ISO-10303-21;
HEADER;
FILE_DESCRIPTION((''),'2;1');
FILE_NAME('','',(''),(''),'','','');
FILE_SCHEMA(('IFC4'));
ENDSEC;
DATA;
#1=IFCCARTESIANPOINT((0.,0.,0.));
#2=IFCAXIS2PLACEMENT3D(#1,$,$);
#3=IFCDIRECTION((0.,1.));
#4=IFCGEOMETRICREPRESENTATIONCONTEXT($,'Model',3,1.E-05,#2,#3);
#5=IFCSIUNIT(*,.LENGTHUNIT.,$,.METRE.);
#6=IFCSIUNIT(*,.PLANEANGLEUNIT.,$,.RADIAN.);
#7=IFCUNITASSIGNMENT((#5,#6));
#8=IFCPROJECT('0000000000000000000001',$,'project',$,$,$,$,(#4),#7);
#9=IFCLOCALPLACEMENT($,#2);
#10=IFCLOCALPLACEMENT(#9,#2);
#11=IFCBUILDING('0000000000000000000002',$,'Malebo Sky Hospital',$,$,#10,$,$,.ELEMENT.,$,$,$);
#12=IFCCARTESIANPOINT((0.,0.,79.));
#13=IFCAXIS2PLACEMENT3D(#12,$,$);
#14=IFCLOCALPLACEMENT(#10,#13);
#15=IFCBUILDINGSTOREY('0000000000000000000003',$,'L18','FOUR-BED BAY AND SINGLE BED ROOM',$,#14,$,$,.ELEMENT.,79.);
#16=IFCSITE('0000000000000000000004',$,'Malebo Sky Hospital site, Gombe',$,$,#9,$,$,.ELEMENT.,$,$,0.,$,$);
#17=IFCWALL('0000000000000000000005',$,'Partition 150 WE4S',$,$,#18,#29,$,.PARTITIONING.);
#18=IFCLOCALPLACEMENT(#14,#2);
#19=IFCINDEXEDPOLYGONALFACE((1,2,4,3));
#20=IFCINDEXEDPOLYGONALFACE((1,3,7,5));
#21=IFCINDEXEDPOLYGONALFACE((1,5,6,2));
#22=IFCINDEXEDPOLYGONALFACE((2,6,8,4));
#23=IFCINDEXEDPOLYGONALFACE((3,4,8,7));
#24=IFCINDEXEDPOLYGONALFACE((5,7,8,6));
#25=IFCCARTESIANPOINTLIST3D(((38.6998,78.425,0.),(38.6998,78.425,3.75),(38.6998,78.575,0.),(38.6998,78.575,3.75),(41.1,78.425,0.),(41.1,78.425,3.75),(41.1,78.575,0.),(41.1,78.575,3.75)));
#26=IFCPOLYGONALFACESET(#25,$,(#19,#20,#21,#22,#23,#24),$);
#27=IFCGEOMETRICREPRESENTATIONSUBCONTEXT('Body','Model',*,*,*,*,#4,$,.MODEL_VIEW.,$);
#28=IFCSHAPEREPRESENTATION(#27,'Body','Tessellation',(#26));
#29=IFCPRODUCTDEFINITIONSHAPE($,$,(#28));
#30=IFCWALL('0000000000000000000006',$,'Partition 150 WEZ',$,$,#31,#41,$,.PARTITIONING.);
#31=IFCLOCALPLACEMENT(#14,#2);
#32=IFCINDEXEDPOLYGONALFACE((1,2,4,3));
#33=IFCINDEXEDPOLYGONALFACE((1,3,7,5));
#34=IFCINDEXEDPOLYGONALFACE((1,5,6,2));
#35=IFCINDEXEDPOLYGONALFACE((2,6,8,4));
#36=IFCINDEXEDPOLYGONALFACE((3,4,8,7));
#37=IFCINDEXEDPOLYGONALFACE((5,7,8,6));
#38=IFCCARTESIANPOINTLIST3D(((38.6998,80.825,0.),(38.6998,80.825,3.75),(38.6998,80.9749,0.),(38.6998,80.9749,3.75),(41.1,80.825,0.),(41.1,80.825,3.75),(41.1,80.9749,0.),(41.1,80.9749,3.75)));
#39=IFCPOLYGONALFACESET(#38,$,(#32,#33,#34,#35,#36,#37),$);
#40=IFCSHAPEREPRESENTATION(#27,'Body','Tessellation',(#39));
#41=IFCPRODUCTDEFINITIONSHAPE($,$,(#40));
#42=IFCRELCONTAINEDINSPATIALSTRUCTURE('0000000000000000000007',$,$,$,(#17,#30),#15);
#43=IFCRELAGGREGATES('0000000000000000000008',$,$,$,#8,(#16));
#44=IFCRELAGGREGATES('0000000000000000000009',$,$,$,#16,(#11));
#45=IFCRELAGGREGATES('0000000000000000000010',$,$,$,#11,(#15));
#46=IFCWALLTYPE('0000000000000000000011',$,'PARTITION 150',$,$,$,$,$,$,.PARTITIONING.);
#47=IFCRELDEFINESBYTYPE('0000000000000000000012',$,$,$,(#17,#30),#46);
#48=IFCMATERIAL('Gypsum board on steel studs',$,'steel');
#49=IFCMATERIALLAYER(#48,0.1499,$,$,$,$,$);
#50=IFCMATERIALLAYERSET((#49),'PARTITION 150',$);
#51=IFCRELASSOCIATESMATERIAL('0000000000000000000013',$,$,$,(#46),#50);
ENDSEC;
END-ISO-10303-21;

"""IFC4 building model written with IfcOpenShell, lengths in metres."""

from ifc_helpers import new_model, si_unit, direction, frame, frame_2d, origin, place, context, subcontext, project, spatial, rectangle, extrude, material, layer, layer_set, type_object, element, save


model = new_model("IFC4")

# Units and contexts
model_context = context("Model", 3, precision=1e-05, world=origin(), true_north=direction((0.0, 1.0)))
body_context = subcontext(model_context, "Body", "Model", "MODEL_VIEW")
ifc_project = project(units=[si_unit("LENGTHUNIT", "METRE"), si_unit("PLANEANGLEUNIT", "RADIAN")], contexts=[model_context])

# Site, building, storey
site_placement = place(None, origin())
site = spatial("IfcSite", under=ifc_project, at=site_placement, Name="Malebo Sky Hospital site, Gombe", CompositionType="ELEMENT", RefElevation=0.0)
building_placement = place(site_placement, origin())
building = spatial("IfcBuilding", under=site, at=building_placement, Name="Malebo Sky Hospital", CompositionType="ELEMENT")
storey_placement = place(building_placement, frame((0.0, 0.0, 79.0)))
storey = spatial("IfcBuildingStorey", under=building, at=storey_placement, Name="L18", Description="FOUR-BED BAY AND SINGLE BED ROOM", CompositionType="ELEMENT", Elevation=79.0)

# Shared definitions
ifc_material_1 = material(Name="Gypsum board on steel studs", Category="steel")

# Shared definitions
ifc_layer_1 = layer(ifc_material_1, 0.1499)
ifc_layer_set_1 = layer_set([ifc_layer_1], Name="PARTITION 150")
wall_type_1 = type_object("IfcWallType", Name="PARTITION 150", PredefinedType="PARTITIONING", material=ifc_layer_set_1)

# Walls
for number, where, z_axis, x_axis, name in (
    (1, (41.1001, 78.5, 0.0), (0.0, 0.0, 1.0), (-1.0, 0.0, 0.0), "Partition 150 WE4S"),
    (2, (41.1001, 80.8999, 0.0), (0.0, 0.0, 1.0), (-1.0, 0.0, 0.0), "Partition 150 WEZ"),
):
    element("IfcWall", number, at=place(storey_placement, frame(where, z_axis=z_axis, x_axis=x_axis)), inside=storey, type_object=wall_type_1, Name=name, PredefinedType="PARTITIONING", context=body_context, shape_type="SweptSolid", body=[
        extrude(rectangle(XDim=2.4001, YDim=0.1499, at=frame_2d((1.2002, 0.0))), origin(), (0.0, 0.0, 1.0), 3.75),
    ])

save(model, "model.ifc")
